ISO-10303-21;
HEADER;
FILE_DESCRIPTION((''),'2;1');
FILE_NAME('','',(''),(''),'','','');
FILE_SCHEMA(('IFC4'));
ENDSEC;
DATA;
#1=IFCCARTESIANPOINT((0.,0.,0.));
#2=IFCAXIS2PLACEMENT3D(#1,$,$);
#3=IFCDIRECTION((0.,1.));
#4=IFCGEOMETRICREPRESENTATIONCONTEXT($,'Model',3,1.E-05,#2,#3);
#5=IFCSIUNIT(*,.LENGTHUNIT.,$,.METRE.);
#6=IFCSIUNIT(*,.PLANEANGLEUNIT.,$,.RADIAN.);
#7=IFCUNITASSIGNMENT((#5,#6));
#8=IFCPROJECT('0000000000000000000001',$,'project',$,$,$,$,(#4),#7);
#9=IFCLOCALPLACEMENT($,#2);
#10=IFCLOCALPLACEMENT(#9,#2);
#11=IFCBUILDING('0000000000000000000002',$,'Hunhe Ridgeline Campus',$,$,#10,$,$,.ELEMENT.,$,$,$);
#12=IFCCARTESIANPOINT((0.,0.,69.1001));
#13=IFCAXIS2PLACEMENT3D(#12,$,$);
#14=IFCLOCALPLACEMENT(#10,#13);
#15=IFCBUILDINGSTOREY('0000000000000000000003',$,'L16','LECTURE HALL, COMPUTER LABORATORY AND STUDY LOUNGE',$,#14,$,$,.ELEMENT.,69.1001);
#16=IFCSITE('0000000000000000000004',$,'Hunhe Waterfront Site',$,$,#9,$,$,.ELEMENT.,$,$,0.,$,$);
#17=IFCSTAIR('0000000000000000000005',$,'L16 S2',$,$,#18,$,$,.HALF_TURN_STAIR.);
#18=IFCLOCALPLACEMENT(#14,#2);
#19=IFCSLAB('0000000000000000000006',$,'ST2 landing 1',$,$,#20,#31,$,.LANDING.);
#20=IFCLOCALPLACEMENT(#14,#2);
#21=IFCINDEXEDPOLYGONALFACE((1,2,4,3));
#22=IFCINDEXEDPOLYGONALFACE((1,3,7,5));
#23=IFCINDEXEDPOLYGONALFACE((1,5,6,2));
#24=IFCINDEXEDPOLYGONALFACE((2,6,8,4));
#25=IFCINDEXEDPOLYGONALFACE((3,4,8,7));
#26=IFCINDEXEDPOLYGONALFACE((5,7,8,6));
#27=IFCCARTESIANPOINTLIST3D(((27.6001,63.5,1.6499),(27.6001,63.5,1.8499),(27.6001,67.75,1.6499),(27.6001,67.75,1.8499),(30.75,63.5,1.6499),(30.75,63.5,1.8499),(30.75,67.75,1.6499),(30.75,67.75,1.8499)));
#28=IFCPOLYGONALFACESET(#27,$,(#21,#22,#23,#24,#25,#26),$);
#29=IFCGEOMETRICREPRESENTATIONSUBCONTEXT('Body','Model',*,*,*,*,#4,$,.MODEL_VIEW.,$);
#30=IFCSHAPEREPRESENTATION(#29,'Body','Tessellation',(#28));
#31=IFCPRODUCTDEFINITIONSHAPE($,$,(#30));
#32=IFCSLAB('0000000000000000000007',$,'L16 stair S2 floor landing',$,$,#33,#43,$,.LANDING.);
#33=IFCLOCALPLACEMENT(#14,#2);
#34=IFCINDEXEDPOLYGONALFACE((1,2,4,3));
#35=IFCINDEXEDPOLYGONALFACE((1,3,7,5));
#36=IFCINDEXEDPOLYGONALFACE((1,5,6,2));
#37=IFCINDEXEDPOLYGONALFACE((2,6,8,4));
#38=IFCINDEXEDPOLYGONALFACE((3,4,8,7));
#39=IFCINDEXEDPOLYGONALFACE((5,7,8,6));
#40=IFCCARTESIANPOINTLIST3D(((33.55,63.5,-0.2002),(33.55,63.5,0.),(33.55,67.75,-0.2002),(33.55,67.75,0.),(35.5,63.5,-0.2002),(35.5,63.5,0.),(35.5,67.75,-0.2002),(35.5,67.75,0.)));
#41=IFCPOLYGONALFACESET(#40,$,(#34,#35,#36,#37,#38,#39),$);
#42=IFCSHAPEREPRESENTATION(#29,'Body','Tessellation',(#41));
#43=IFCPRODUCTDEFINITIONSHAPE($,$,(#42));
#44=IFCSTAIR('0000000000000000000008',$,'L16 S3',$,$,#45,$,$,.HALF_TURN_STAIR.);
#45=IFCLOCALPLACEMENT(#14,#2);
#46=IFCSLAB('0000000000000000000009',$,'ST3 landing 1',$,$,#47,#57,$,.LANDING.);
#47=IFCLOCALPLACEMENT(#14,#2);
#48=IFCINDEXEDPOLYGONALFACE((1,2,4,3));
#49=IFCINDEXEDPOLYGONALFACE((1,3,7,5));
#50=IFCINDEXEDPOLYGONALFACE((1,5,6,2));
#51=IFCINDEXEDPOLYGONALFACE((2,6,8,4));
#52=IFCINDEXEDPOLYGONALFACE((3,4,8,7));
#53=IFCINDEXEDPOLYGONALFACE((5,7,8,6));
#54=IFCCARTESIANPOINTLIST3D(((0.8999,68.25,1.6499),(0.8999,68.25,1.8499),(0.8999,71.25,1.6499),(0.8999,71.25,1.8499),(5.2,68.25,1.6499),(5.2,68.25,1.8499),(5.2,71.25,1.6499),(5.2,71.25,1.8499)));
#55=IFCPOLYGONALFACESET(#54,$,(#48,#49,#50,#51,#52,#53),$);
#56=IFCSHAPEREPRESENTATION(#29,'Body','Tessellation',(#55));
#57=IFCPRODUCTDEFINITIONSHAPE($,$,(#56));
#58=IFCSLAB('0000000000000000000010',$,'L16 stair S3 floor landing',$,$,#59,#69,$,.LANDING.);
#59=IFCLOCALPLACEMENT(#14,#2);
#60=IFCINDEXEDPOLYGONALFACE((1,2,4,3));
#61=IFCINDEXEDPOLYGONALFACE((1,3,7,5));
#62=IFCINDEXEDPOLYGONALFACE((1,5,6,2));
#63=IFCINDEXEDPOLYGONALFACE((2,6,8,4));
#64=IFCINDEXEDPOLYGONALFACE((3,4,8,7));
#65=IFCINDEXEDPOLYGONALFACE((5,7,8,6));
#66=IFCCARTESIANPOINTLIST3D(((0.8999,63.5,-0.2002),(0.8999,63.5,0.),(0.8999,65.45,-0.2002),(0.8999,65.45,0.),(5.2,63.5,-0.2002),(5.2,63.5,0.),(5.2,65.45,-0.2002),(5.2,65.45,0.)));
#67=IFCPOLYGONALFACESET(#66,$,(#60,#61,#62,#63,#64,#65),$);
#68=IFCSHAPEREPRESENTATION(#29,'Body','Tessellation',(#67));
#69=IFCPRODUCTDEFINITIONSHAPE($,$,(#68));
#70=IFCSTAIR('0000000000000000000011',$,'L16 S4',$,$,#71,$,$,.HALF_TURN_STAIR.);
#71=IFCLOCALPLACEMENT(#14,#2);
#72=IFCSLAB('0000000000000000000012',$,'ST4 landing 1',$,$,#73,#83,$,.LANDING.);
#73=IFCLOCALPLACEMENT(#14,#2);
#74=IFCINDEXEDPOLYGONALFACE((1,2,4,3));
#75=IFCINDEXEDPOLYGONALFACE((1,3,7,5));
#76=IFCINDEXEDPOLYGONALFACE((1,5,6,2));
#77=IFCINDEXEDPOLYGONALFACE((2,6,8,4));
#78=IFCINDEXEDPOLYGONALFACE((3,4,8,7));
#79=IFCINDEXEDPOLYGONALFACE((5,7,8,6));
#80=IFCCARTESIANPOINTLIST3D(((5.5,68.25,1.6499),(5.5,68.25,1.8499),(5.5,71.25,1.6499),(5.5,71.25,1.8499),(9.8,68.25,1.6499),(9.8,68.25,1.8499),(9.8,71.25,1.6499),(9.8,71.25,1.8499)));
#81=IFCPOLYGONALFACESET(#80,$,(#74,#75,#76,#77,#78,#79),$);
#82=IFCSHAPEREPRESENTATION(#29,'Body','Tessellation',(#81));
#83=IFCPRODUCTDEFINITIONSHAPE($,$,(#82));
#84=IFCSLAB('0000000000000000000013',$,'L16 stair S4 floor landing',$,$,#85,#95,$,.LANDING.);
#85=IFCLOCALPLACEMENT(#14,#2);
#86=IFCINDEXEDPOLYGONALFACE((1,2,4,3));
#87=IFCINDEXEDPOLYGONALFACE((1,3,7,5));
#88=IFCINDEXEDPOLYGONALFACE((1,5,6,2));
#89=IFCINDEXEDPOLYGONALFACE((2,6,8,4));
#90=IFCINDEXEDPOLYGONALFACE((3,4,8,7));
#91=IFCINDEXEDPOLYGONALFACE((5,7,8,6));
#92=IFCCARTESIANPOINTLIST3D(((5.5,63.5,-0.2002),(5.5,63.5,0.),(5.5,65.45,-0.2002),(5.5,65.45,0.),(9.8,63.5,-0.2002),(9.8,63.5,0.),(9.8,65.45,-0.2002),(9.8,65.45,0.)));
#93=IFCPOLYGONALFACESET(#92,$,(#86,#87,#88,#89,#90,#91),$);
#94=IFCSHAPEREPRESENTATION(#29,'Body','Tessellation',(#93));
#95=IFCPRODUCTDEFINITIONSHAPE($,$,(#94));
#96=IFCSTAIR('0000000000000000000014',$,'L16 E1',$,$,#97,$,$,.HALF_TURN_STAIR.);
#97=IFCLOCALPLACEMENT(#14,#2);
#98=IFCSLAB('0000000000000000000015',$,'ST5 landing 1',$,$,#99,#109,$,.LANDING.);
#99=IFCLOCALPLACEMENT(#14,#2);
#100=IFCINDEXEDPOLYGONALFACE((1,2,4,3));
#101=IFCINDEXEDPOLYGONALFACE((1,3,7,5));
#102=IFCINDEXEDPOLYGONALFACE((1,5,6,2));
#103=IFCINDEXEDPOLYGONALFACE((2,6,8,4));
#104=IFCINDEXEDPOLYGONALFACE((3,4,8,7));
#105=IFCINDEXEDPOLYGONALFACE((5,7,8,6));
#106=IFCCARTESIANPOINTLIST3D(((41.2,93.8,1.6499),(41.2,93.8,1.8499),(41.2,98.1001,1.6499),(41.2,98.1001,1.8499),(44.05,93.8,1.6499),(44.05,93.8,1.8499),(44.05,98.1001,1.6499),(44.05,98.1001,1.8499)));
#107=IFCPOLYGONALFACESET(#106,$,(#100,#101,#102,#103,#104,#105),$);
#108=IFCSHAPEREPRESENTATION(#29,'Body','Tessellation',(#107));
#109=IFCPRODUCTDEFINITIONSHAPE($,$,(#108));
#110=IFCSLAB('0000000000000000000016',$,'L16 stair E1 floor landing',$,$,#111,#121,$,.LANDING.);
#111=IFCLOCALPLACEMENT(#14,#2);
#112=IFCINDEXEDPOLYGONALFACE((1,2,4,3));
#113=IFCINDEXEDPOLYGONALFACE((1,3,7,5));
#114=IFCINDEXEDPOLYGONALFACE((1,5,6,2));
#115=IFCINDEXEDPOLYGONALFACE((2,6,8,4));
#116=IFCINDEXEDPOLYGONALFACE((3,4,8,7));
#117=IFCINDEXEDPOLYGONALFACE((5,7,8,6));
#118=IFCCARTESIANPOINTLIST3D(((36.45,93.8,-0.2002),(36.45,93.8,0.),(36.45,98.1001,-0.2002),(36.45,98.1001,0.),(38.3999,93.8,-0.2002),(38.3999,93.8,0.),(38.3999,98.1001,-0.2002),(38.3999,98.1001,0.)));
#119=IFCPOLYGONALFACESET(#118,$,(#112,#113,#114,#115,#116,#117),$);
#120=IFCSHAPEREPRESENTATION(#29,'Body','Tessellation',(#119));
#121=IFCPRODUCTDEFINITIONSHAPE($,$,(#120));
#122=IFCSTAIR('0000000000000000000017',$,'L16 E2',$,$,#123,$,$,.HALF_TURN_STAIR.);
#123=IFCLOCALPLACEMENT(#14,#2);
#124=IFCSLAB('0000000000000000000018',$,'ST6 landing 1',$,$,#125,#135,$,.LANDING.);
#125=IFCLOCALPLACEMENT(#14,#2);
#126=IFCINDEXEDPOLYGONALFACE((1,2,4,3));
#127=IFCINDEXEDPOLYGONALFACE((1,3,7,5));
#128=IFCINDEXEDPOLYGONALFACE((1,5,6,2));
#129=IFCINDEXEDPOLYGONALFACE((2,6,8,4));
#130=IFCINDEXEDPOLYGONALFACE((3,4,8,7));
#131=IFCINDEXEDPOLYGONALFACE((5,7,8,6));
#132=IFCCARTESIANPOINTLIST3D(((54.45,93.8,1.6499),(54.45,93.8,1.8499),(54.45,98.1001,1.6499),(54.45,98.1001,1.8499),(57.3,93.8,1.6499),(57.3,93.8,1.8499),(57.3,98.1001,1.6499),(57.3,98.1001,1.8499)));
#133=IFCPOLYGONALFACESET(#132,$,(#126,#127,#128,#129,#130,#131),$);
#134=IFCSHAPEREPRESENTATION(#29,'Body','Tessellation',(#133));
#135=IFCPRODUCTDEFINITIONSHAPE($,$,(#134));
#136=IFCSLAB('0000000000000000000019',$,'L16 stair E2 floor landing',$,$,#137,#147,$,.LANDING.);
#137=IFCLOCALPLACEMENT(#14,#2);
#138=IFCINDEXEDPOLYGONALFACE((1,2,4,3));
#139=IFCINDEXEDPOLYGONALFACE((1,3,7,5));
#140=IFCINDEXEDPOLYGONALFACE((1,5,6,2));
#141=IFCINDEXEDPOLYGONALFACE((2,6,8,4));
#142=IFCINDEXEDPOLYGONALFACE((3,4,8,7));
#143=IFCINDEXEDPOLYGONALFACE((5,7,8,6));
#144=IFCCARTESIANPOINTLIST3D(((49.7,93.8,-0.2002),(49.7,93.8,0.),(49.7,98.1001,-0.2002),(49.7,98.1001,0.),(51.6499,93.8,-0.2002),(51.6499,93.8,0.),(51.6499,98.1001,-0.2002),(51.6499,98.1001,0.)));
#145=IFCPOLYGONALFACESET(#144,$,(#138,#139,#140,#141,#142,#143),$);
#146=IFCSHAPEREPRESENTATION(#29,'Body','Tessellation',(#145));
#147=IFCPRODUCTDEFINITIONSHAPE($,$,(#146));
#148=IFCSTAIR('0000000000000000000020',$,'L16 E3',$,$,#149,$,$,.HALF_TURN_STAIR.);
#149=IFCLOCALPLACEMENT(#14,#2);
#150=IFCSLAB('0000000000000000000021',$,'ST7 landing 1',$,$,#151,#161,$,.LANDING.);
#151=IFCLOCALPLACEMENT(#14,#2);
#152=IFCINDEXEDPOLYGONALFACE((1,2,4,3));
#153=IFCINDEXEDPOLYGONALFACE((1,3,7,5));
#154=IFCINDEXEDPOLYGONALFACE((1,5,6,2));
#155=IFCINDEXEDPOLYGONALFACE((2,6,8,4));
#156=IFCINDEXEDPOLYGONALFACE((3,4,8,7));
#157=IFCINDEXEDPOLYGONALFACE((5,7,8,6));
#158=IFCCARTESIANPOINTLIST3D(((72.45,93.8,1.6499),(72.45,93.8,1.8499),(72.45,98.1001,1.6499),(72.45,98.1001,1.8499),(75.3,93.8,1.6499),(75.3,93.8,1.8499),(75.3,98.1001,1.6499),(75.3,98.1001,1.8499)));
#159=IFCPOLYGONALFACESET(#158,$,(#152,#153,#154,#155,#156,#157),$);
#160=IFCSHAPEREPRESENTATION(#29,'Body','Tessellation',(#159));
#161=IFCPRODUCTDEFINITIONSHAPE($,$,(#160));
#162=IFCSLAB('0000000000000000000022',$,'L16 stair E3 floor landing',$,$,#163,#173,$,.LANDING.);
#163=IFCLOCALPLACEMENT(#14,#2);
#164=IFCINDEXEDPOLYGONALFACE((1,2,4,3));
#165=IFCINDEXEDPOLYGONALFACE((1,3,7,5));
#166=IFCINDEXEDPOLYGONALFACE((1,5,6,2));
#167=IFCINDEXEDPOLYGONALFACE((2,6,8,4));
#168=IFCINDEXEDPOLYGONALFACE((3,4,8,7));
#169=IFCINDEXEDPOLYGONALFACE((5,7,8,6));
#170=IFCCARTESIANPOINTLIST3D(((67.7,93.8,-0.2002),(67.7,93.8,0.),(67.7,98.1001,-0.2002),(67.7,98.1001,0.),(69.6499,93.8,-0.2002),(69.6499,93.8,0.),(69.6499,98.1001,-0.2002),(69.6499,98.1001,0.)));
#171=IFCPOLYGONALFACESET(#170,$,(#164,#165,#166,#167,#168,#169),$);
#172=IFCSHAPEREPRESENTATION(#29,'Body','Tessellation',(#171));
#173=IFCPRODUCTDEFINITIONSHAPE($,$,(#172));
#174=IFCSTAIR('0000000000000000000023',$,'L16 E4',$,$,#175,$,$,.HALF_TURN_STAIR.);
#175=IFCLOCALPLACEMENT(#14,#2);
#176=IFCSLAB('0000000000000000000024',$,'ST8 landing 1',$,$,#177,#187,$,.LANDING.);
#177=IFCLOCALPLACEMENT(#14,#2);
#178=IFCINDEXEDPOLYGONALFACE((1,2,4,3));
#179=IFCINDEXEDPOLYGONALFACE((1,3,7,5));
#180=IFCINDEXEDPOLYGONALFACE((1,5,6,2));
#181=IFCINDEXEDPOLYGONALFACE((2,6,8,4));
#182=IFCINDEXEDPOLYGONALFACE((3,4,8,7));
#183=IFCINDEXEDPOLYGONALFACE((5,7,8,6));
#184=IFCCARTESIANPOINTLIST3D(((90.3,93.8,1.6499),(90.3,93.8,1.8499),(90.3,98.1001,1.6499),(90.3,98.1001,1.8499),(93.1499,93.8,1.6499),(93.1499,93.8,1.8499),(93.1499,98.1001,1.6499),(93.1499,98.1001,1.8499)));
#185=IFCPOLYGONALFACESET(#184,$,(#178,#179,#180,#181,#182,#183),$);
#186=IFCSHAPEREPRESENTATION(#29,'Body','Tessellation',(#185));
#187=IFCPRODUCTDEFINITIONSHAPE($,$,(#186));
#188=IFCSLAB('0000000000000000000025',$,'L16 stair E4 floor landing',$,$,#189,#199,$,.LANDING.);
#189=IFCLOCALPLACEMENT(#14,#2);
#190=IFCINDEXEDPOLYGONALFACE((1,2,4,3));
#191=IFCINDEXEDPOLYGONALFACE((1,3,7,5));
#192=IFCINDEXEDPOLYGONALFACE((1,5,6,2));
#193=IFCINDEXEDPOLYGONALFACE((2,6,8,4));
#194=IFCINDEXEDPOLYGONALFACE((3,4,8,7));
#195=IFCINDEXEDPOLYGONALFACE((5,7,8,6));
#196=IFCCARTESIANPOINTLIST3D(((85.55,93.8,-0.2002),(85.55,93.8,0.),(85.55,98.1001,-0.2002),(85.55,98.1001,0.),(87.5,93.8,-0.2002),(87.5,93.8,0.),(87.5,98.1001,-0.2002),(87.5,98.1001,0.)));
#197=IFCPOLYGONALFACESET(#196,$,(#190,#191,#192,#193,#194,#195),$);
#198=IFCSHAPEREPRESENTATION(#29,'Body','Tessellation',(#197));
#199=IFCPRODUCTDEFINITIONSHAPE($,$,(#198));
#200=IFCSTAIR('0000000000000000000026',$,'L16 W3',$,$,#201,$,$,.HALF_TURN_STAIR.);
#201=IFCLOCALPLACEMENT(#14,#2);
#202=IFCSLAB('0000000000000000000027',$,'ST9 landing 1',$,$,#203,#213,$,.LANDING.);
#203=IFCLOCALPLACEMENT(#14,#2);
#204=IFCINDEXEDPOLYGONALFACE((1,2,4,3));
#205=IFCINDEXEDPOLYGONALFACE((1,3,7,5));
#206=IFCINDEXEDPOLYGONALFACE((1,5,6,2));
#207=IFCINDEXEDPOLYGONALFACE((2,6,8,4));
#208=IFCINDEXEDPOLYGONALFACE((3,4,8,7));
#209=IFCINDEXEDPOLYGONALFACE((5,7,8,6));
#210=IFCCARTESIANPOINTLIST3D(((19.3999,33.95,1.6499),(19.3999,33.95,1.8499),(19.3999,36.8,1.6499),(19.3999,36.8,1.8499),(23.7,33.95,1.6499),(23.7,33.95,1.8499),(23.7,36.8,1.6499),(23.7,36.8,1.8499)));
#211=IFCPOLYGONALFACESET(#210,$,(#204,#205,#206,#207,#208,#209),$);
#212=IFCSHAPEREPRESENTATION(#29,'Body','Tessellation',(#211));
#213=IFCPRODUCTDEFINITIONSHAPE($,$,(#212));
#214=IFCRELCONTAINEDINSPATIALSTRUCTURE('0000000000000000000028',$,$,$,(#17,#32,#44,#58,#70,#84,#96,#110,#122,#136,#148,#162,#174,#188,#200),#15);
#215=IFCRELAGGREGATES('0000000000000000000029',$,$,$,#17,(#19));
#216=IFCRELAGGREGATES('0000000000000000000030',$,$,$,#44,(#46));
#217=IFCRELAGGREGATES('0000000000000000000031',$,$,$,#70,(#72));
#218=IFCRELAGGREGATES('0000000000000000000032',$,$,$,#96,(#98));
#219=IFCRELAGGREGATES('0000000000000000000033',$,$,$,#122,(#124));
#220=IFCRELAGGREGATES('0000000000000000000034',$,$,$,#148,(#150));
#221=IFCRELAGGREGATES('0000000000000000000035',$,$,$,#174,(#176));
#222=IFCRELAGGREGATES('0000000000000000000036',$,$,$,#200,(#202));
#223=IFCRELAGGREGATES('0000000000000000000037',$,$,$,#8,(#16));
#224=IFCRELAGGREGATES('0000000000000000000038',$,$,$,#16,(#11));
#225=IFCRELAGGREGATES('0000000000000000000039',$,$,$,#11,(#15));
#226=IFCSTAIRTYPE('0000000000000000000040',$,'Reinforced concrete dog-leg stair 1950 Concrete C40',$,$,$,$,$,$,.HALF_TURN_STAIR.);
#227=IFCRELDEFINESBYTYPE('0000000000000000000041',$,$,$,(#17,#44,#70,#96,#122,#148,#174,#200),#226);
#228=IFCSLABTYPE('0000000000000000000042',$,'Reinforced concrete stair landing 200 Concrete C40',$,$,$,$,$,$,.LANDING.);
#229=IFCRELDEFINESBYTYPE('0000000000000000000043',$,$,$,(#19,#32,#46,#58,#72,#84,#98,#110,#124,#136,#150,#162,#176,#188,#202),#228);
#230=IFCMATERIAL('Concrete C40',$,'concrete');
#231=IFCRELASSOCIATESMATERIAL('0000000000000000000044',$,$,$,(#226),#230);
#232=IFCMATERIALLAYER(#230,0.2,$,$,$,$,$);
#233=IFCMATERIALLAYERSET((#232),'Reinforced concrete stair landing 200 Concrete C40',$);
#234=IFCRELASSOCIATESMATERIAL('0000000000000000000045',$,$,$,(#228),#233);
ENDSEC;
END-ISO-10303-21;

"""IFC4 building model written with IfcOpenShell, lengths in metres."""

from ifc_helpers import new_model, si_unit, direction, frame, origin, place, context, subcontext, project, spatial, polyline, outline, extrude, material, layer, layer_set, type_object, element, aggregate, save


model = new_model("IFC4")

# Units and contexts
model_context = context("Model", 3, precision=1e-05, world=origin(), true_north=direction((0.0, 1.0)))
body_context = subcontext(model_context, "Body", "Model", "MODEL_VIEW")
ifc_project = project(units=[si_unit("LENGTHUNIT", "METRE"), si_unit("PLANEANGLEUNIT", "RADIAN")], contexts=[model_context])

# Site, building, storey
site_placement = place(None, origin())
site = spatial("IfcSite", under=ifc_project, at=site_placement, Name="Hunhe Waterfront Site", CompositionType="ELEMENT", RefElevation=0.0)
building_placement = place(site_placement, origin())
building = spatial("IfcBuilding", under=site, at=building_placement, Name="Hunhe Ridgeline Campus", CompositionType="ELEMENT")
storey_placement = place(building_placement, frame((0.0, 0.0, 69.1001)))
storey = spatial("IfcBuildingStorey", under=building, at=storey_placement, Name="L16", Description="LECTURE HALL, COMPUTER LABORATORY AND STUDY LOUNGE", CompositionType="ELEMENT", Elevation=69.1001)

# Shared definitions
ifc_material_1 = material(Name="Concrete C40", Category="concrete")

# Shared definitions
stair_type = type_object("IfcStairType", Name="Reinforced concrete dog-leg stair 1950 Concrete C40", PredefinedType="HALF_TURN_STAIR", material=ifc_material_1)
ifc_layer_1 = layer(ifc_material_1, 0.2)
ifc_layer_set_1 = layer_set([ifc_layer_1], Name="Reinforced concrete stair landing 200 Concrete C40")
slab_type_1 = type_object("IfcSlabType", Name="Reinforced concrete stair landing 200 Concrete C40", PredefinedType="LANDING", material=ifc_layer_set_1)

# Stair, slab
stair_1_placement = place(storey_placement, origin())
stair_1 = element("IfcStair", 1, at=stair_1_placement, inside=storey, type_object=stair_type, Name="L16 S2", PredefinedType="HALF_TURN_STAIR")
slab_1_placement = place(storey_placement, frame((0.0, 0.0, 1.6499)))
slab_1 = element("IfcSlab", 2, at=slab_1_placement, type_object=slab_type_1, Name="ST2 landing 1", PredefinedType="LANDING", context=body_context, shape_type="SweptSolid", body=[
    extrude(outline(polyline([(30.75, 67.75), (27.6001, 67.75), (27.6001, 63.5), (30.75, 63.5), (30.75, 67.75)])), origin(), (0.0, 0.0, 1.0), 0.2),
])
aggregate(stair_1, [slab_1])

# Slab
slab_2_placement = place(storey_placement, frame((0.0, 0.0, -0.2002)))
element("IfcSlab", 3, at=slab_2_placement, inside=storey, type_object=slab_type_1, Name="L16 stair S2 floor landing", PredefinedType="LANDING", context=body_context, shape_type="SweptSolid", body=[
    extrude(outline(polyline([(35.5, 67.75), (33.55, 67.75), (33.55, 63.5), (35.5, 63.5), (35.5, 67.75)])), origin(), (0.0, 0.0, 1.0), 0.2002),
])

# Stair, slab
stair_2_placement = place(storey_placement, origin())
stair_2 = element("IfcStair", 4, at=stair_2_placement, inside=storey, type_object=stair_type, Name="L16 S3", PredefinedType="HALF_TURN_STAIR")
slab_3_placement = place(storey_placement, frame((0.0, 0.0, 1.6499)))
slab_3 = element("IfcSlab", 5, at=slab_3_placement, type_object=slab_type_1, Name="ST3 landing 1", PredefinedType="LANDING", context=body_context, shape_type="SweptSolid", body=[
    extrude(outline(polyline([(5.2, 68.25), (5.2, 71.25), (0.8999, 71.25), (0.8999, 68.25), (5.2, 68.25)])), origin(), (0.0, 0.0, 1.0), 0.2),
])
aggregate(stair_2, [slab_3])

# Slab
slab_4_placement = place(storey_placement, frame((0.0, 0.0, -0.2002)))
element("IfcSlab", 6, at=slab_4_placement, inside=storey, type_object=slab_type_1, Name="L16 stair S3 floor landing", PredefinedType="LANDING", context=body_context, shape_type="SweptSolid", body=[
    extrude(outline(polyline([(5.2, 63.5), (5.2, 65.45), (0.8999, 65.45), (0.8999, 63.5), (5.2, 63.5)])), origin(), (0.0, 0.0, 1.0), 0.2002),
])

# Stair, slab
stair_3_placement = place(storey_placement, origin())
stair_3 = element("IfcStair", 7, at=stair_3_placement, inside=storey, type_object=stair_type, Name="L16 S4", PredefinedType="HALF_TURN_STAIR")
slab_5_placement = place(storey_placement, frame((0.0, 0.0, 1.6499)))
slab_5 = element("IfcSlab", 8, at=slab_5_placement, type_object=slab_type_1, Name="ST4 landing 1", PredefinedType="LANDING", context=body_context, shape_type="SweptSolid", body=[
    extrude(outline(polyline([(9.8, 68.25), (9.8, 71.25), (5.5, 71.25), (5.5, 68.25), (9.8, 68.25)])), origin(), (0.0, 0.0, 1.0), 0.2),
])
aggregate(stair_3, [slab_5])

# Slab
slab_6_placement = place(storey_placement, frame((0.0, 0.0, -0.2002)))
element("IfcSlab", 9, at=slab_6_placement, inside=storey, type_object=slab_type_1, Name="L16 stair S4 floor landing", PredefinedType="LANDING", context=body_context, shape_type="SweptSolid", body=[
    extrude(outline(polyline([(9.8, 63.5), (9.8, 65.45), (5.5, 65.45), (5.5, 63.5), (9.8, 63.5)])), origin(), (0.0, 0.0, 1.0), 0.2002),
])

# Stair, slab
stair_4_placement = place(storey_placement, origin())
stair_4 = element("IfcStair", 10, at=stair_4_placement, inside=storey, type_object=stair_type, Name="L16 E1", PredefinedType="HALF_TURN_STAIR")
slab_7_placement = place(storey_placement, frame((0.0, 0.0, 1.6499)))
slab_7 = element("IfcSlab", 11, at=slab_7_placement, type_object=slab_type_1, Name="ST5 landing 1", PredefinedType="LANDING", context=body_context, shape_type="SweptSolid", body=[
    extrude(outline(polyline([(41.2, 93.8), (44.05, 93.8), (44.05, 98.1001), (41.2, 98.1001), (41.2, 93.8)])), origin(), (0.0, 0.0, 1.0), 0.2),
])
aggregate(stair_4, [slab_7])

# Slab
slab_8_placement = place(storey_placement, frame((0.0, 0.0, -0.2002)))
element("IfcSlab", 12, at=slab_8_placement, inside=storey, type_object=slab_type_1, Name="L16 stair E1 floor landing", PredefinedType="LANDING", context=body_context, shape_type="SweptSolid", body=[
    extrude(outline(polyline([(36.45, 93.8), (38.3999, 93.8), (38.3999, 98.1001), (36.45, 98.1001), (36.45, 93.8)])), origin(), (0.0, 0.0, 1.0), 0.2002),
])

# Stair, slab
stair_5_placement = place(storey_placement, origin())
stair_5 = element("IfcStair", 13, at=stair_5_placement, inside=storey, type_object=stair_type, Name="L16 E2", PredefinedType="HALF_TURN_STAIR")
slab_9_placement = place(storey_placement, frame((0.0, 0.0, 1.6499)))
slab_9 = element("IfcSlab", 14, at=slab_9_placement, type_object=slab_type_1, Name="ST6 landing 1", PredefinedType="LANDING", context=body_context, shape_type="SweptSolid", body=[
    extrude(outline(polyline([(54.45, 93.8), (57.3, 93.8), (57.3, 98.1001), (54.45, 98.1001), (54.45, 93.8)])), origin(), (0.0, 0.0, 1.0), 0.2),
])
aggregate(stair_5, [slab_9])

# Slab
slab_10_placement = place(storey_placement, frame((0.0, 0.0, -0.2002)))
element("IfcSlab", 15, at=slab_10_placement, inside=storey, type_object=slab_type_1, Name="L16 stair E2 floor landing", PredefinedType="LANDING", context=body_context, shape_type="SweptSolid", body=[
    extrude(outline(polyline([(49.7, 93.8), (51.6499, 93.8), (51.6499, 98.1001), (49.7, 98.1001), (49.7, 93.8)])), origin(), (0.0, 0.0, 1.0), 0.2002),
])

# Stair, slab
stair_6_placement = place(storey_placement, origin())
stair_6 = element("IfcStair", 16, at=stair_6_placement, inside=storey, type_object=stair_type, Name="L16 E3", PredefinedType="HALF_TURN_STAIR")
slab_11_placement = place(storey_placement, frame((0.0, 0.0, 1.6499)))
slab_11 = element("IfcSlab", 17, at=slab_11_placement, type_object=slab_type_1, Name="ST7 landing 1", PredefinedType="LANDING", context=body_context, shape_type="SweptSolid", body=[
    extrude(outline(polyline([(72.45, 93.8), (75.3, 93.8), (75.3, 98.1001), (72.45, 98.1001), (72.45, 93.8)])), origin(), (0.0, 0.0, 1.0), 0.2),
])
aggregate(stair_6, [slab_11])

# Slab
slab_12_placement = place(storey_placement, frame((0.0, 0.0, -0.2002)))
element("IfcSlab", 18, at=slab_12_placement, inside=storey, type_object=slab_type_1, Name="L16 stair E3 floor landing", PredefinedType="LANDING", context=body_context, shape_type="SweptSolid", body=[
    extrude(outline(polyline([(67.7, 93.8), (69.6499, 93.8), (69.6499, 98.1001), (67.7, 98.1001), (67.7, 93.8)])), origin(), (0.0, 0.0, 1.0), 0.2002),
])

# Stair, slab
stair_7_placement = place(storey_placement, origin())
stair_7 = element("IfcStair", 19, at=stair_7_placement, inside=storey, type_object=stair_type, Name="L16 E4", PredefinedType="HALF_TURN_STAIR")
slab_13_placement = place(storey_placement, frame((0.0, 0.0, 1.6499)))
slab_13 = element("IfcSlab", 20, at=slab_13_placement, type_object=slab_type_1, Name="ST8 landing 1", PredefinedType="LANDING", context=body_context, shape_type="SweptSolid", body=[
    extrude(outline(polyline([(90.3, 93.8), (93.1499, 93.8), (93.1499, 98.1001), (90.3, 98.1001), (90.3, 93.8)])), origin(), (0.0, 0.0, 1.0), 0.2),
])
aggregate(stair_7, [slab_13])

# Slab
slab_14_placement = place(storey_placement, frame((0.0, 0.0, -0.2002)))
element("IfcSlab", 21, at=slab_14_placement, inside=storey, type_object=slab_type_1, Name="L16 stair E4 floor landing", PredefinedType="LANDING", context=body_context, shape_type="SweptSolid", body=[
    extrude(outline(polyline([(85.55, 93.8), (87.5, 93.8), (87.5, 98.1001), (85.55, 98.1001), (85.55, 93.8)])), origin(), (0.0, 0.0, 1.0), 0.2002),
])

# Stair, slab
stair_8_placement = place(storey_placement, origin())
stair_8 = element("IfcStair", 22, at=stair_8_placement, inside=storey, type_object=stair_type, Name="L16 W3", PredefinedType="HALF_TURN_STAIR")
slab_15_placement = place(storey_placement, frame((0.0, 0.0, 1.6499)))
slab_15 = element("IfcSlab", 23, at=slab_15_placement, type_object=slab_type_1, Name="ST9 landing 1", PredefinedType="LANDING", context=body_context, shape_type="SweptSolid", body=[
    extrude(outline(polyline([(23.7, 33.95), (23.7, 36.8), (19.3999, 36.8), (19.3999, 33.95), (23.7, 33.95)])), origin(), (0.0, 0.0, 1.0), 0.2),
])
aggregate(stair_8, [slab_15])

save(model, "model.ifc")
